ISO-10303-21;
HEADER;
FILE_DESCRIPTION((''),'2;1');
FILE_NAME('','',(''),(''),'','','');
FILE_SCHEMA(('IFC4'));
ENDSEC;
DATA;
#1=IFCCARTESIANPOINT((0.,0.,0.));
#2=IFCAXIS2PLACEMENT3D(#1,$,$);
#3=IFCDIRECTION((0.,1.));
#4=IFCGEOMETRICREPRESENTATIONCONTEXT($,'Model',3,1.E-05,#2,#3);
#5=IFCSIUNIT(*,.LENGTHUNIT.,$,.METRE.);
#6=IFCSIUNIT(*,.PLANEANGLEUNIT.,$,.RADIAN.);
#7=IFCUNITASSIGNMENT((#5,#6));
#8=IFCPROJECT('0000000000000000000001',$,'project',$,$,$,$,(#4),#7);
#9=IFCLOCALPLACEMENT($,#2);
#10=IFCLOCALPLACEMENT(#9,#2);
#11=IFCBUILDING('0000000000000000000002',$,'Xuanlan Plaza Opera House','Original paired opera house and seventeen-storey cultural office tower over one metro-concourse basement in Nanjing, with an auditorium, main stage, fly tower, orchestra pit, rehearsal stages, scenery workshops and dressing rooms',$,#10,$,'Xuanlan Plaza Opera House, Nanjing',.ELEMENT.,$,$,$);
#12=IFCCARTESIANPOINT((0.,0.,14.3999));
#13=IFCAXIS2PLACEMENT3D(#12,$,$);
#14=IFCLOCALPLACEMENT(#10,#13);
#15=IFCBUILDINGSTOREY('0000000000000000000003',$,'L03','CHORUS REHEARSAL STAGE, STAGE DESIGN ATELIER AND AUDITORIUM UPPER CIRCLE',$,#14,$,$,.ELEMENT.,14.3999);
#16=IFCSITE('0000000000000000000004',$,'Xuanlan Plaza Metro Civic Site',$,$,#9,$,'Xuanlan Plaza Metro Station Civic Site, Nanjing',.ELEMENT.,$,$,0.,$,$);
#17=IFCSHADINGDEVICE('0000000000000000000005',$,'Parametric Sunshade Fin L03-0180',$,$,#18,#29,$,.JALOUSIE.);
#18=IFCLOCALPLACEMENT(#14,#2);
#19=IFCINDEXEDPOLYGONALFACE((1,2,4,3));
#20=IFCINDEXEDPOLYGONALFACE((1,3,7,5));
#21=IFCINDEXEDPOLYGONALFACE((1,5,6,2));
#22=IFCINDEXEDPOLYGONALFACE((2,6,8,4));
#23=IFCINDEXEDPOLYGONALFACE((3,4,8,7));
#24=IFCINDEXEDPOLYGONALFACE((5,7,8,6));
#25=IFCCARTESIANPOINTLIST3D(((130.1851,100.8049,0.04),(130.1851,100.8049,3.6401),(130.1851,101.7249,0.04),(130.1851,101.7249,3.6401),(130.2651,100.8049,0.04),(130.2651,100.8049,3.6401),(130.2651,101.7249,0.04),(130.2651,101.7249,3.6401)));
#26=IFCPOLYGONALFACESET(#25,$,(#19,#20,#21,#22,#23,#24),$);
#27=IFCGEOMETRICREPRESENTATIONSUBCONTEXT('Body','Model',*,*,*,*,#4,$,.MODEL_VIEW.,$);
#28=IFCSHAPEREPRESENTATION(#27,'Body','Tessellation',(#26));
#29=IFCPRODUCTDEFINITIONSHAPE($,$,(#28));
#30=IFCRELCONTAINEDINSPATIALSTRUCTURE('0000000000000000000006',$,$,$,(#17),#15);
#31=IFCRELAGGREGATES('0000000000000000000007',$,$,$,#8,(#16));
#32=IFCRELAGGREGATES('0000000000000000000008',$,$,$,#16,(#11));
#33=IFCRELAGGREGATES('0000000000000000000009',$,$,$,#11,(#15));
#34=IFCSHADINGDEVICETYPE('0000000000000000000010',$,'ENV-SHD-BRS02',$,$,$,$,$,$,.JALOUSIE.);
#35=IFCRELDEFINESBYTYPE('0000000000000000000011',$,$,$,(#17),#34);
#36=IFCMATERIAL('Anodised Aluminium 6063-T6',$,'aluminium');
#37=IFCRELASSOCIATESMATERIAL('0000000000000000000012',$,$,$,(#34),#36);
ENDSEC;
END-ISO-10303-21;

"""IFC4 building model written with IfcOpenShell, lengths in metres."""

from ifc_helpers import new_model, si_unit, direction, frame, origin, origin_2d, place, context, subcontext, project, spatial, rectangle, extrude, material, type_object, element, save


model = new_model("IFC4")

# Units and contexts
model_context = context("Model", 3, precision=1e-05, world=origin(), true_north=direction((0.0, 1.0)))
body_context = subcontext(model_context, "Body", "Model", "MODEL_VIEW")
ifc_project = project(units=[si_unit("LENGTHUNIT", "METRE"), si_unit("PLANEANGLEUNIT", "RADIAN")], contexts=[model_context])

# Site, building, storey
site_placement = place(None, origin())
site = spatial("IfcSite", under=ifc_project, at=site_placement, Name="Xuanlan Plaza Metro Civic Site", LongName="Xuanlan Plaza Metro Station Civic Site, Nanjing", CompositionType="ELEMENT", RefElevation=0.0)
building_placement = place(site_placement, origin())
building = spatial("IfcBuilding", under=site, at=building_placement, Name="Xuanlan Plaza Opera House", Description="Original paired opera house and seventeen-storey cultural office tower over one metro-concourse basement in Nanjing, with an auditorium, main stage, fly tower, orchestra pit, rehearsal stages, scenery workshops and dressing rooms", LongName="Xuanlan Plaza Opera House, Nanjing", CompositionType="ELEMENT")
storey_placement = place(building_placement, frame((0.0, 0.0, 14.3999)))
storey = spatial("IfcBuildingStorey", under=building, at=storey_placement, Name="L03", Description="CHORUS REHEARSAL STAGE, STAGE DESIGN ATELIER AND AUDITORIUM UPPER CIRCLE", CompositionType="ELEMENT", Elevation=14.3999)

# Shared definitions
ifc_material_1 = material(Name="Anodised Aluminium 6063-T6", Category="aluminium")

# Shading device
shading_device_type_1 = type_object("IfcShadingDeviceType", Name="ENV-SHD-BRS02", PredefinedType="JALOUSIE", material=ifc_material_1)
shading_device_1_placement = place(storey_placement, frame((130.2251, 101.2649, 0.04), z_axis=(0.0, 0.0, 1.0), x_axis=(0.0, 1.0, 0.0)))
element("IfcShadingDevice", 1, at=shading_device_1_placement, inside=storey, type_object=shading_device_type_1, Name="Parametric Sunshade Fin L03-0180", PredefinedType="JALOUSIE", context=body_context, shape_type="SweptSolid", body=[
    extrude(rectangle(XDim=0.9199, YDim=0.0801, at=origin_2d()), origin(), (0.0, 0.0, 1.0), 3.6001),
])

save(model, "model.ifc")
